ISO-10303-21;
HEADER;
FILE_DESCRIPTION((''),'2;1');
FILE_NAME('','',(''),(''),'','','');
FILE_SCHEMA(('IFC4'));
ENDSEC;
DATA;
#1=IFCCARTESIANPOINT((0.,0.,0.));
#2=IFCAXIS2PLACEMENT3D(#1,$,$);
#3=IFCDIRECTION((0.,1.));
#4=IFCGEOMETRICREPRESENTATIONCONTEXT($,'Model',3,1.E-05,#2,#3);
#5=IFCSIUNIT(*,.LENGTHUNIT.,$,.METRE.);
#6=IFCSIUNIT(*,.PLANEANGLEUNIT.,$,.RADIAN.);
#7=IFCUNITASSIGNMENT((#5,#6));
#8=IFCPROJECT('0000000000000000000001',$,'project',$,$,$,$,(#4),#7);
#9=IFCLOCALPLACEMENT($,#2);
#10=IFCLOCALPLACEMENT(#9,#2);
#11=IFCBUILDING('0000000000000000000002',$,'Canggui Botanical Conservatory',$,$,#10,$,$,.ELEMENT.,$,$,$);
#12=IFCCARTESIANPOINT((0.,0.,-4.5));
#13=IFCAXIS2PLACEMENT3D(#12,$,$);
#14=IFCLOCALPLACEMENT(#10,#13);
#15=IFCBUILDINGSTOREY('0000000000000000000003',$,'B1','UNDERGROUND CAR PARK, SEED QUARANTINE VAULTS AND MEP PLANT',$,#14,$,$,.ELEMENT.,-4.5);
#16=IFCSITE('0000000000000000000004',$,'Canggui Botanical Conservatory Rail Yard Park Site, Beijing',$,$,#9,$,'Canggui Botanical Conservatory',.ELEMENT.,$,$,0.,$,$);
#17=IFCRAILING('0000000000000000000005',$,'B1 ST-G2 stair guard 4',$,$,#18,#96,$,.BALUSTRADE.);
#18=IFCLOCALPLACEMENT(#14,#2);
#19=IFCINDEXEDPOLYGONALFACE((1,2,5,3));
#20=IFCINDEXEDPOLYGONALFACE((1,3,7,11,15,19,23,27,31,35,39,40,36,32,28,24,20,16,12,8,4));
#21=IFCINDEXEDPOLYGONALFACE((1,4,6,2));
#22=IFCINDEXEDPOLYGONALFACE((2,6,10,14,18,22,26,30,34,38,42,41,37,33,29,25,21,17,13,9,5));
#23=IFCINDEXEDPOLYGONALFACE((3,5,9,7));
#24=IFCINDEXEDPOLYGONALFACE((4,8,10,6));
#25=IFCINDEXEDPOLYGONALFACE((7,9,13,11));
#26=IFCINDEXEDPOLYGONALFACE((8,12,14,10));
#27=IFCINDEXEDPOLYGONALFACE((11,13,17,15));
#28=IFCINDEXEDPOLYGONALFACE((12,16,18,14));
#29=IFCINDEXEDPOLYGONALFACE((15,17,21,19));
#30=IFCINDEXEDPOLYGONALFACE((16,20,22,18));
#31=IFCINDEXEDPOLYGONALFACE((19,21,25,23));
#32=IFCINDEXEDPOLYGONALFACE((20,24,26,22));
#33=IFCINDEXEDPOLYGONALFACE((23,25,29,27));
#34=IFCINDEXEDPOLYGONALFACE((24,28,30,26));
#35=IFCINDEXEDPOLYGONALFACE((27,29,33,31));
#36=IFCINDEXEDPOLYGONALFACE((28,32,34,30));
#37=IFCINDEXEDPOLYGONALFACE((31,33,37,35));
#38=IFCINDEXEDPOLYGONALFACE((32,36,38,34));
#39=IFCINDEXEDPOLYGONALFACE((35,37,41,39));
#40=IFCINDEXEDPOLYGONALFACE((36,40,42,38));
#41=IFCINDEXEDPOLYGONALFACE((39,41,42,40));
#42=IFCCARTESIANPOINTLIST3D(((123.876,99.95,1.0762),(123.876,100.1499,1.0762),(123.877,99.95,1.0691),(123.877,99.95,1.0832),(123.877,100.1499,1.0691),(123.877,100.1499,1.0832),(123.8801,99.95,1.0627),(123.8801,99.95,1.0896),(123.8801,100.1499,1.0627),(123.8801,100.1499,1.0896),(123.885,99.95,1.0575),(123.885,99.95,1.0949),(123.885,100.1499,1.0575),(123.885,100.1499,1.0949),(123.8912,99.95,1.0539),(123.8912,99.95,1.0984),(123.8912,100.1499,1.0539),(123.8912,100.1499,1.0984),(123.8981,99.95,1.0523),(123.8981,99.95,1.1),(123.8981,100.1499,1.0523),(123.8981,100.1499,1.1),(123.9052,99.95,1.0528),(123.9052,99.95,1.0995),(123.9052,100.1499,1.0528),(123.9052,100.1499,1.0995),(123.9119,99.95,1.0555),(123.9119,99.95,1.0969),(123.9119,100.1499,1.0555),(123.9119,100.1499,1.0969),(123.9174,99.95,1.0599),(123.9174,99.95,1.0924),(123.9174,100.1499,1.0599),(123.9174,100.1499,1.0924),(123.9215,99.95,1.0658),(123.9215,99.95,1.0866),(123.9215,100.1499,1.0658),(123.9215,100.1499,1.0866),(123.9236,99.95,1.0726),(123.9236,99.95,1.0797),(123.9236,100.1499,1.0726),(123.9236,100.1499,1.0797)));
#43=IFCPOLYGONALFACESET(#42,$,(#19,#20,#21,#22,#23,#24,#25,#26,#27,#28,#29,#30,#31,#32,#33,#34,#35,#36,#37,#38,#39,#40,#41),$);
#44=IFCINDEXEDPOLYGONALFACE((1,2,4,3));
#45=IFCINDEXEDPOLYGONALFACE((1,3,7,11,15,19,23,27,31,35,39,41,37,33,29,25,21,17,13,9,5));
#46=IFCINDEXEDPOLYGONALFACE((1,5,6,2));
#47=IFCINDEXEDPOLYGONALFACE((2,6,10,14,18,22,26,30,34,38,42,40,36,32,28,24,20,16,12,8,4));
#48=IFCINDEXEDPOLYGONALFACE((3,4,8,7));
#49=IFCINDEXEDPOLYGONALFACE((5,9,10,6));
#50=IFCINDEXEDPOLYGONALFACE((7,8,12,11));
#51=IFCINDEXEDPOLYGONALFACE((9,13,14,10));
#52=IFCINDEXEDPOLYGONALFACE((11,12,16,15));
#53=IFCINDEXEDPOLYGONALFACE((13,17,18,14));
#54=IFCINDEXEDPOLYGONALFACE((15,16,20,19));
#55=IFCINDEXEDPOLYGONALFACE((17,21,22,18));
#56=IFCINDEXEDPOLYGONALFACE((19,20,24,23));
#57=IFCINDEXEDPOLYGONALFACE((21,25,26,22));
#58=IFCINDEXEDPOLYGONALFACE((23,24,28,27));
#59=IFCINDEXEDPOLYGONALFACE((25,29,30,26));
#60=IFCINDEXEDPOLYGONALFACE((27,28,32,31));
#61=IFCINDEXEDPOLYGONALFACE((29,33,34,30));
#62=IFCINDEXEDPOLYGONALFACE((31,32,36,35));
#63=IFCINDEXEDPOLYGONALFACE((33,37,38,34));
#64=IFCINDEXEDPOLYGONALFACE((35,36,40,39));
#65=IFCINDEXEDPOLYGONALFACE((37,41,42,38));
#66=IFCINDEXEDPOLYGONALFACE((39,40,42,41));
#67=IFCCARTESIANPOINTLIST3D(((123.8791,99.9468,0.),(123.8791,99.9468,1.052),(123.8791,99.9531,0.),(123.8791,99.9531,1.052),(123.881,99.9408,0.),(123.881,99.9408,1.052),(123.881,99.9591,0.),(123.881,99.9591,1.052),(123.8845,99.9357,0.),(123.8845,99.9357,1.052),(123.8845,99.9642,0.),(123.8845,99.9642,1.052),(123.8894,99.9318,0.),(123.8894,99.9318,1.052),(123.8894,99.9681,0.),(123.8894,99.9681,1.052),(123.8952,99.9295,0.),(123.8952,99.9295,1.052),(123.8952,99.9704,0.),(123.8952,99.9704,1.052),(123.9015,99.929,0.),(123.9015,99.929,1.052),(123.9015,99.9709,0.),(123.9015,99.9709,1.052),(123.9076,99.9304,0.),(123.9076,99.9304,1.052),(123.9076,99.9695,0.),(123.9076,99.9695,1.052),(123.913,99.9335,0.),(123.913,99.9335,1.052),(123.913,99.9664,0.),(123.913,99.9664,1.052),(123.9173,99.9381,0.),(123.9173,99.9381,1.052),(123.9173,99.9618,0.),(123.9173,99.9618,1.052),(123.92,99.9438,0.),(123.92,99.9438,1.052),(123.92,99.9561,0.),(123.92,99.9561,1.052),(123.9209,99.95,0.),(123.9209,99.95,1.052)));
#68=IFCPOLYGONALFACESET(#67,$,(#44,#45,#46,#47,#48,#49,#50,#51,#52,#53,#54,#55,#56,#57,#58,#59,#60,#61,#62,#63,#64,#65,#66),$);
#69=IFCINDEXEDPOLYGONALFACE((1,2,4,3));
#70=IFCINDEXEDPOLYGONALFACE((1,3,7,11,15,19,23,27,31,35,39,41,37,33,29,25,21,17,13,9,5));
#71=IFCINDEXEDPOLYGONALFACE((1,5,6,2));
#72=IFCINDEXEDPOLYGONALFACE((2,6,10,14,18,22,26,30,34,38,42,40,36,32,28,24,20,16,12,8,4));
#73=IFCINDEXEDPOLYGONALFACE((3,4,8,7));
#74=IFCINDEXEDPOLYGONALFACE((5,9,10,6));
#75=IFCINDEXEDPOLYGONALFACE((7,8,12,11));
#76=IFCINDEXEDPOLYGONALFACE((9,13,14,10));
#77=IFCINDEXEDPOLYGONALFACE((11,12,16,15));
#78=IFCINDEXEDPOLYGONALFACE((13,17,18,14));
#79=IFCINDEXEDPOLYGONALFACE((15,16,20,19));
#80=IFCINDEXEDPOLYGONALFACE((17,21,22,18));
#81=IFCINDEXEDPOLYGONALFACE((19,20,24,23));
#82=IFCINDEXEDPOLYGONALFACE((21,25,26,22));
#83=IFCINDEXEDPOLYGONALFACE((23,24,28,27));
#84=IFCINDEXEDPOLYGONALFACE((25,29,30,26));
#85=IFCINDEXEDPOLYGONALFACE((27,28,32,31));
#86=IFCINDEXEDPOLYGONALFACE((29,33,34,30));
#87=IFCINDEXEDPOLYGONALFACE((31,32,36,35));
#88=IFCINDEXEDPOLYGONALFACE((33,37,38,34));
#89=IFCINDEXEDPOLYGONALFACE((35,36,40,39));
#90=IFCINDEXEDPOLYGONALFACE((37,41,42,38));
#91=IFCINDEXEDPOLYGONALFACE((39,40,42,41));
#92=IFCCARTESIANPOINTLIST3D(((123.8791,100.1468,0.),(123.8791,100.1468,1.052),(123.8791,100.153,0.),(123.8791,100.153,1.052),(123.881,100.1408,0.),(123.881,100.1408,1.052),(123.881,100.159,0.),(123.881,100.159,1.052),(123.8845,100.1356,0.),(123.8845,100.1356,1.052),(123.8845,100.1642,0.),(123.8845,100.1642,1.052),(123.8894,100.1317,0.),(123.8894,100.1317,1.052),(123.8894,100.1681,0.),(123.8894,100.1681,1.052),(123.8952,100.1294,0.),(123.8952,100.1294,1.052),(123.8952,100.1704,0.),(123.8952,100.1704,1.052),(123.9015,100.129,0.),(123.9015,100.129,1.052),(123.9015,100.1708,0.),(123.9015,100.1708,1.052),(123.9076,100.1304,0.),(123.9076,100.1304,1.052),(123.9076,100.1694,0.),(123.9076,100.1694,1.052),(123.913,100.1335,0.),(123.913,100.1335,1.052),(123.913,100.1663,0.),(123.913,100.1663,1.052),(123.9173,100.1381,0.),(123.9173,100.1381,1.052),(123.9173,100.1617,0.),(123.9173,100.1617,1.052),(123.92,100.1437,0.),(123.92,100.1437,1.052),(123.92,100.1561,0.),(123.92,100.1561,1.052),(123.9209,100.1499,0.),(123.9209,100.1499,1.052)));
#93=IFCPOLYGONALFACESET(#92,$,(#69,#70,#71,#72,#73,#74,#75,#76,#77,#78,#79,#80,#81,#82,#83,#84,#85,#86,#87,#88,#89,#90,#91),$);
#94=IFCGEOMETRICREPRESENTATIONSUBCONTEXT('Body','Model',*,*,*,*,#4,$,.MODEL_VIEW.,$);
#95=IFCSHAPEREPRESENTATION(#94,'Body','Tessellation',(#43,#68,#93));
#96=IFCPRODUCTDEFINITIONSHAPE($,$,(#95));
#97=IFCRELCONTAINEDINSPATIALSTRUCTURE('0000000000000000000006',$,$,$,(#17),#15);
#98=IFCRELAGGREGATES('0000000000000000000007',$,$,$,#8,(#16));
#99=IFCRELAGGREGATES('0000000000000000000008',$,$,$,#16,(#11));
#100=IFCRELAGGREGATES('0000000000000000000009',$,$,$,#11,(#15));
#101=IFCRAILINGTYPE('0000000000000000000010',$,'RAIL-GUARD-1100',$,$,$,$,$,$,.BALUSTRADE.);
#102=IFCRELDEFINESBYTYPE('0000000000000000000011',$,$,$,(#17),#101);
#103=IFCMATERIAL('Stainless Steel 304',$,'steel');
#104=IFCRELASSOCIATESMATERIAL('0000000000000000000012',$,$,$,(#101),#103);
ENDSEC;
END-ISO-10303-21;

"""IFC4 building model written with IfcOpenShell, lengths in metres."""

from ifc_helpers import new_model, si_unit, direction, frame, origin, origin_2d, place, context, subcontext, project, spatial, circle, extrude, material, type_object, element, save


model = new_model("IFC4")

# Units and contexts
model_context = context("Model", 3, precision=1e-05, world=origin(), true_north=direction((0.0, 1.0)))
body_context = subcontext(model_context, "Body", "Model", "MODEL_VIEW")
ifc_project = project(units=[si_unit("LENGTHUNIT", "METRE"), si_unit("PLANEANGLEUNIT", "RADIAN")], contexts=[model_context])

# Site, building, storey
site_placement = place(None, origin())
site = spatial("IfcSite", under=ifc_project, at=site_placement, Name="Canggui Botanical Conservatory Rail Yard Park Site, Beijing", LongName="Canggui Botanical Conservatory", CompositionType="ELEMENT", RefElevation=0.0)
building_placement = place(site_placement, origin())
building = spatial("IfcBuilding", under=site, at=building_placement, Name="Canggui Botanical Conservatory", CompositionType="ELEMENT")
storey_placement = place(building_placement, frame((0.0, 0.0, -4.5)))
storey = spatial("IfcBuildingStorey", under=building, at=storey_placement, Name="B1", Description="UNDERGROUND CAR PARK, SEED QUARANTINE VAULTS AND MEP PLANT", CompositionType="ELEMENT", Elevation=-4.5)

# Railing
ifc_material_1 = material(Name="Stainless Steel 304", Category="steel")
railing_type_1 = type_object("IfcRailingType", Name="RAIL-GUARD-1100", PredefinedType="BALUSTRADE", material=ifc_material_1)
railing_1_placement = place(storey_placement, frame((123.8999, 99.95, 0.0)))
element("IfcRailing", 1, at=railing_1_placement, inside=storey, type_object=railing_type_1, Name="B1 ST-G2 stair guard 4", PredefinedType="BALUSTRADE", context=body_context, shape_type="SweptSolid", body=[
    extrude(circle(Radius=0.0239, at=origin_2d()), frame((0.0, 0.0, 1.0762), z_axis=(0.0, 1.0, 0.0), x_axis=(-1.0, 0.0, 0.0)), (0.0, 0.0, 1.0), 0.2),
    extrude(circle(Radius=0.021, at=origin_2d()), origin(), (0.0, 0.0, 1.0), 1.052),
    extrude(circle(Radius=0.021, at=origin_2d()), frame((0.0, 0.2, 0.0)), (0.0, 0.0, 1.0), 1.052),
])

save(model, "model.ifc")
